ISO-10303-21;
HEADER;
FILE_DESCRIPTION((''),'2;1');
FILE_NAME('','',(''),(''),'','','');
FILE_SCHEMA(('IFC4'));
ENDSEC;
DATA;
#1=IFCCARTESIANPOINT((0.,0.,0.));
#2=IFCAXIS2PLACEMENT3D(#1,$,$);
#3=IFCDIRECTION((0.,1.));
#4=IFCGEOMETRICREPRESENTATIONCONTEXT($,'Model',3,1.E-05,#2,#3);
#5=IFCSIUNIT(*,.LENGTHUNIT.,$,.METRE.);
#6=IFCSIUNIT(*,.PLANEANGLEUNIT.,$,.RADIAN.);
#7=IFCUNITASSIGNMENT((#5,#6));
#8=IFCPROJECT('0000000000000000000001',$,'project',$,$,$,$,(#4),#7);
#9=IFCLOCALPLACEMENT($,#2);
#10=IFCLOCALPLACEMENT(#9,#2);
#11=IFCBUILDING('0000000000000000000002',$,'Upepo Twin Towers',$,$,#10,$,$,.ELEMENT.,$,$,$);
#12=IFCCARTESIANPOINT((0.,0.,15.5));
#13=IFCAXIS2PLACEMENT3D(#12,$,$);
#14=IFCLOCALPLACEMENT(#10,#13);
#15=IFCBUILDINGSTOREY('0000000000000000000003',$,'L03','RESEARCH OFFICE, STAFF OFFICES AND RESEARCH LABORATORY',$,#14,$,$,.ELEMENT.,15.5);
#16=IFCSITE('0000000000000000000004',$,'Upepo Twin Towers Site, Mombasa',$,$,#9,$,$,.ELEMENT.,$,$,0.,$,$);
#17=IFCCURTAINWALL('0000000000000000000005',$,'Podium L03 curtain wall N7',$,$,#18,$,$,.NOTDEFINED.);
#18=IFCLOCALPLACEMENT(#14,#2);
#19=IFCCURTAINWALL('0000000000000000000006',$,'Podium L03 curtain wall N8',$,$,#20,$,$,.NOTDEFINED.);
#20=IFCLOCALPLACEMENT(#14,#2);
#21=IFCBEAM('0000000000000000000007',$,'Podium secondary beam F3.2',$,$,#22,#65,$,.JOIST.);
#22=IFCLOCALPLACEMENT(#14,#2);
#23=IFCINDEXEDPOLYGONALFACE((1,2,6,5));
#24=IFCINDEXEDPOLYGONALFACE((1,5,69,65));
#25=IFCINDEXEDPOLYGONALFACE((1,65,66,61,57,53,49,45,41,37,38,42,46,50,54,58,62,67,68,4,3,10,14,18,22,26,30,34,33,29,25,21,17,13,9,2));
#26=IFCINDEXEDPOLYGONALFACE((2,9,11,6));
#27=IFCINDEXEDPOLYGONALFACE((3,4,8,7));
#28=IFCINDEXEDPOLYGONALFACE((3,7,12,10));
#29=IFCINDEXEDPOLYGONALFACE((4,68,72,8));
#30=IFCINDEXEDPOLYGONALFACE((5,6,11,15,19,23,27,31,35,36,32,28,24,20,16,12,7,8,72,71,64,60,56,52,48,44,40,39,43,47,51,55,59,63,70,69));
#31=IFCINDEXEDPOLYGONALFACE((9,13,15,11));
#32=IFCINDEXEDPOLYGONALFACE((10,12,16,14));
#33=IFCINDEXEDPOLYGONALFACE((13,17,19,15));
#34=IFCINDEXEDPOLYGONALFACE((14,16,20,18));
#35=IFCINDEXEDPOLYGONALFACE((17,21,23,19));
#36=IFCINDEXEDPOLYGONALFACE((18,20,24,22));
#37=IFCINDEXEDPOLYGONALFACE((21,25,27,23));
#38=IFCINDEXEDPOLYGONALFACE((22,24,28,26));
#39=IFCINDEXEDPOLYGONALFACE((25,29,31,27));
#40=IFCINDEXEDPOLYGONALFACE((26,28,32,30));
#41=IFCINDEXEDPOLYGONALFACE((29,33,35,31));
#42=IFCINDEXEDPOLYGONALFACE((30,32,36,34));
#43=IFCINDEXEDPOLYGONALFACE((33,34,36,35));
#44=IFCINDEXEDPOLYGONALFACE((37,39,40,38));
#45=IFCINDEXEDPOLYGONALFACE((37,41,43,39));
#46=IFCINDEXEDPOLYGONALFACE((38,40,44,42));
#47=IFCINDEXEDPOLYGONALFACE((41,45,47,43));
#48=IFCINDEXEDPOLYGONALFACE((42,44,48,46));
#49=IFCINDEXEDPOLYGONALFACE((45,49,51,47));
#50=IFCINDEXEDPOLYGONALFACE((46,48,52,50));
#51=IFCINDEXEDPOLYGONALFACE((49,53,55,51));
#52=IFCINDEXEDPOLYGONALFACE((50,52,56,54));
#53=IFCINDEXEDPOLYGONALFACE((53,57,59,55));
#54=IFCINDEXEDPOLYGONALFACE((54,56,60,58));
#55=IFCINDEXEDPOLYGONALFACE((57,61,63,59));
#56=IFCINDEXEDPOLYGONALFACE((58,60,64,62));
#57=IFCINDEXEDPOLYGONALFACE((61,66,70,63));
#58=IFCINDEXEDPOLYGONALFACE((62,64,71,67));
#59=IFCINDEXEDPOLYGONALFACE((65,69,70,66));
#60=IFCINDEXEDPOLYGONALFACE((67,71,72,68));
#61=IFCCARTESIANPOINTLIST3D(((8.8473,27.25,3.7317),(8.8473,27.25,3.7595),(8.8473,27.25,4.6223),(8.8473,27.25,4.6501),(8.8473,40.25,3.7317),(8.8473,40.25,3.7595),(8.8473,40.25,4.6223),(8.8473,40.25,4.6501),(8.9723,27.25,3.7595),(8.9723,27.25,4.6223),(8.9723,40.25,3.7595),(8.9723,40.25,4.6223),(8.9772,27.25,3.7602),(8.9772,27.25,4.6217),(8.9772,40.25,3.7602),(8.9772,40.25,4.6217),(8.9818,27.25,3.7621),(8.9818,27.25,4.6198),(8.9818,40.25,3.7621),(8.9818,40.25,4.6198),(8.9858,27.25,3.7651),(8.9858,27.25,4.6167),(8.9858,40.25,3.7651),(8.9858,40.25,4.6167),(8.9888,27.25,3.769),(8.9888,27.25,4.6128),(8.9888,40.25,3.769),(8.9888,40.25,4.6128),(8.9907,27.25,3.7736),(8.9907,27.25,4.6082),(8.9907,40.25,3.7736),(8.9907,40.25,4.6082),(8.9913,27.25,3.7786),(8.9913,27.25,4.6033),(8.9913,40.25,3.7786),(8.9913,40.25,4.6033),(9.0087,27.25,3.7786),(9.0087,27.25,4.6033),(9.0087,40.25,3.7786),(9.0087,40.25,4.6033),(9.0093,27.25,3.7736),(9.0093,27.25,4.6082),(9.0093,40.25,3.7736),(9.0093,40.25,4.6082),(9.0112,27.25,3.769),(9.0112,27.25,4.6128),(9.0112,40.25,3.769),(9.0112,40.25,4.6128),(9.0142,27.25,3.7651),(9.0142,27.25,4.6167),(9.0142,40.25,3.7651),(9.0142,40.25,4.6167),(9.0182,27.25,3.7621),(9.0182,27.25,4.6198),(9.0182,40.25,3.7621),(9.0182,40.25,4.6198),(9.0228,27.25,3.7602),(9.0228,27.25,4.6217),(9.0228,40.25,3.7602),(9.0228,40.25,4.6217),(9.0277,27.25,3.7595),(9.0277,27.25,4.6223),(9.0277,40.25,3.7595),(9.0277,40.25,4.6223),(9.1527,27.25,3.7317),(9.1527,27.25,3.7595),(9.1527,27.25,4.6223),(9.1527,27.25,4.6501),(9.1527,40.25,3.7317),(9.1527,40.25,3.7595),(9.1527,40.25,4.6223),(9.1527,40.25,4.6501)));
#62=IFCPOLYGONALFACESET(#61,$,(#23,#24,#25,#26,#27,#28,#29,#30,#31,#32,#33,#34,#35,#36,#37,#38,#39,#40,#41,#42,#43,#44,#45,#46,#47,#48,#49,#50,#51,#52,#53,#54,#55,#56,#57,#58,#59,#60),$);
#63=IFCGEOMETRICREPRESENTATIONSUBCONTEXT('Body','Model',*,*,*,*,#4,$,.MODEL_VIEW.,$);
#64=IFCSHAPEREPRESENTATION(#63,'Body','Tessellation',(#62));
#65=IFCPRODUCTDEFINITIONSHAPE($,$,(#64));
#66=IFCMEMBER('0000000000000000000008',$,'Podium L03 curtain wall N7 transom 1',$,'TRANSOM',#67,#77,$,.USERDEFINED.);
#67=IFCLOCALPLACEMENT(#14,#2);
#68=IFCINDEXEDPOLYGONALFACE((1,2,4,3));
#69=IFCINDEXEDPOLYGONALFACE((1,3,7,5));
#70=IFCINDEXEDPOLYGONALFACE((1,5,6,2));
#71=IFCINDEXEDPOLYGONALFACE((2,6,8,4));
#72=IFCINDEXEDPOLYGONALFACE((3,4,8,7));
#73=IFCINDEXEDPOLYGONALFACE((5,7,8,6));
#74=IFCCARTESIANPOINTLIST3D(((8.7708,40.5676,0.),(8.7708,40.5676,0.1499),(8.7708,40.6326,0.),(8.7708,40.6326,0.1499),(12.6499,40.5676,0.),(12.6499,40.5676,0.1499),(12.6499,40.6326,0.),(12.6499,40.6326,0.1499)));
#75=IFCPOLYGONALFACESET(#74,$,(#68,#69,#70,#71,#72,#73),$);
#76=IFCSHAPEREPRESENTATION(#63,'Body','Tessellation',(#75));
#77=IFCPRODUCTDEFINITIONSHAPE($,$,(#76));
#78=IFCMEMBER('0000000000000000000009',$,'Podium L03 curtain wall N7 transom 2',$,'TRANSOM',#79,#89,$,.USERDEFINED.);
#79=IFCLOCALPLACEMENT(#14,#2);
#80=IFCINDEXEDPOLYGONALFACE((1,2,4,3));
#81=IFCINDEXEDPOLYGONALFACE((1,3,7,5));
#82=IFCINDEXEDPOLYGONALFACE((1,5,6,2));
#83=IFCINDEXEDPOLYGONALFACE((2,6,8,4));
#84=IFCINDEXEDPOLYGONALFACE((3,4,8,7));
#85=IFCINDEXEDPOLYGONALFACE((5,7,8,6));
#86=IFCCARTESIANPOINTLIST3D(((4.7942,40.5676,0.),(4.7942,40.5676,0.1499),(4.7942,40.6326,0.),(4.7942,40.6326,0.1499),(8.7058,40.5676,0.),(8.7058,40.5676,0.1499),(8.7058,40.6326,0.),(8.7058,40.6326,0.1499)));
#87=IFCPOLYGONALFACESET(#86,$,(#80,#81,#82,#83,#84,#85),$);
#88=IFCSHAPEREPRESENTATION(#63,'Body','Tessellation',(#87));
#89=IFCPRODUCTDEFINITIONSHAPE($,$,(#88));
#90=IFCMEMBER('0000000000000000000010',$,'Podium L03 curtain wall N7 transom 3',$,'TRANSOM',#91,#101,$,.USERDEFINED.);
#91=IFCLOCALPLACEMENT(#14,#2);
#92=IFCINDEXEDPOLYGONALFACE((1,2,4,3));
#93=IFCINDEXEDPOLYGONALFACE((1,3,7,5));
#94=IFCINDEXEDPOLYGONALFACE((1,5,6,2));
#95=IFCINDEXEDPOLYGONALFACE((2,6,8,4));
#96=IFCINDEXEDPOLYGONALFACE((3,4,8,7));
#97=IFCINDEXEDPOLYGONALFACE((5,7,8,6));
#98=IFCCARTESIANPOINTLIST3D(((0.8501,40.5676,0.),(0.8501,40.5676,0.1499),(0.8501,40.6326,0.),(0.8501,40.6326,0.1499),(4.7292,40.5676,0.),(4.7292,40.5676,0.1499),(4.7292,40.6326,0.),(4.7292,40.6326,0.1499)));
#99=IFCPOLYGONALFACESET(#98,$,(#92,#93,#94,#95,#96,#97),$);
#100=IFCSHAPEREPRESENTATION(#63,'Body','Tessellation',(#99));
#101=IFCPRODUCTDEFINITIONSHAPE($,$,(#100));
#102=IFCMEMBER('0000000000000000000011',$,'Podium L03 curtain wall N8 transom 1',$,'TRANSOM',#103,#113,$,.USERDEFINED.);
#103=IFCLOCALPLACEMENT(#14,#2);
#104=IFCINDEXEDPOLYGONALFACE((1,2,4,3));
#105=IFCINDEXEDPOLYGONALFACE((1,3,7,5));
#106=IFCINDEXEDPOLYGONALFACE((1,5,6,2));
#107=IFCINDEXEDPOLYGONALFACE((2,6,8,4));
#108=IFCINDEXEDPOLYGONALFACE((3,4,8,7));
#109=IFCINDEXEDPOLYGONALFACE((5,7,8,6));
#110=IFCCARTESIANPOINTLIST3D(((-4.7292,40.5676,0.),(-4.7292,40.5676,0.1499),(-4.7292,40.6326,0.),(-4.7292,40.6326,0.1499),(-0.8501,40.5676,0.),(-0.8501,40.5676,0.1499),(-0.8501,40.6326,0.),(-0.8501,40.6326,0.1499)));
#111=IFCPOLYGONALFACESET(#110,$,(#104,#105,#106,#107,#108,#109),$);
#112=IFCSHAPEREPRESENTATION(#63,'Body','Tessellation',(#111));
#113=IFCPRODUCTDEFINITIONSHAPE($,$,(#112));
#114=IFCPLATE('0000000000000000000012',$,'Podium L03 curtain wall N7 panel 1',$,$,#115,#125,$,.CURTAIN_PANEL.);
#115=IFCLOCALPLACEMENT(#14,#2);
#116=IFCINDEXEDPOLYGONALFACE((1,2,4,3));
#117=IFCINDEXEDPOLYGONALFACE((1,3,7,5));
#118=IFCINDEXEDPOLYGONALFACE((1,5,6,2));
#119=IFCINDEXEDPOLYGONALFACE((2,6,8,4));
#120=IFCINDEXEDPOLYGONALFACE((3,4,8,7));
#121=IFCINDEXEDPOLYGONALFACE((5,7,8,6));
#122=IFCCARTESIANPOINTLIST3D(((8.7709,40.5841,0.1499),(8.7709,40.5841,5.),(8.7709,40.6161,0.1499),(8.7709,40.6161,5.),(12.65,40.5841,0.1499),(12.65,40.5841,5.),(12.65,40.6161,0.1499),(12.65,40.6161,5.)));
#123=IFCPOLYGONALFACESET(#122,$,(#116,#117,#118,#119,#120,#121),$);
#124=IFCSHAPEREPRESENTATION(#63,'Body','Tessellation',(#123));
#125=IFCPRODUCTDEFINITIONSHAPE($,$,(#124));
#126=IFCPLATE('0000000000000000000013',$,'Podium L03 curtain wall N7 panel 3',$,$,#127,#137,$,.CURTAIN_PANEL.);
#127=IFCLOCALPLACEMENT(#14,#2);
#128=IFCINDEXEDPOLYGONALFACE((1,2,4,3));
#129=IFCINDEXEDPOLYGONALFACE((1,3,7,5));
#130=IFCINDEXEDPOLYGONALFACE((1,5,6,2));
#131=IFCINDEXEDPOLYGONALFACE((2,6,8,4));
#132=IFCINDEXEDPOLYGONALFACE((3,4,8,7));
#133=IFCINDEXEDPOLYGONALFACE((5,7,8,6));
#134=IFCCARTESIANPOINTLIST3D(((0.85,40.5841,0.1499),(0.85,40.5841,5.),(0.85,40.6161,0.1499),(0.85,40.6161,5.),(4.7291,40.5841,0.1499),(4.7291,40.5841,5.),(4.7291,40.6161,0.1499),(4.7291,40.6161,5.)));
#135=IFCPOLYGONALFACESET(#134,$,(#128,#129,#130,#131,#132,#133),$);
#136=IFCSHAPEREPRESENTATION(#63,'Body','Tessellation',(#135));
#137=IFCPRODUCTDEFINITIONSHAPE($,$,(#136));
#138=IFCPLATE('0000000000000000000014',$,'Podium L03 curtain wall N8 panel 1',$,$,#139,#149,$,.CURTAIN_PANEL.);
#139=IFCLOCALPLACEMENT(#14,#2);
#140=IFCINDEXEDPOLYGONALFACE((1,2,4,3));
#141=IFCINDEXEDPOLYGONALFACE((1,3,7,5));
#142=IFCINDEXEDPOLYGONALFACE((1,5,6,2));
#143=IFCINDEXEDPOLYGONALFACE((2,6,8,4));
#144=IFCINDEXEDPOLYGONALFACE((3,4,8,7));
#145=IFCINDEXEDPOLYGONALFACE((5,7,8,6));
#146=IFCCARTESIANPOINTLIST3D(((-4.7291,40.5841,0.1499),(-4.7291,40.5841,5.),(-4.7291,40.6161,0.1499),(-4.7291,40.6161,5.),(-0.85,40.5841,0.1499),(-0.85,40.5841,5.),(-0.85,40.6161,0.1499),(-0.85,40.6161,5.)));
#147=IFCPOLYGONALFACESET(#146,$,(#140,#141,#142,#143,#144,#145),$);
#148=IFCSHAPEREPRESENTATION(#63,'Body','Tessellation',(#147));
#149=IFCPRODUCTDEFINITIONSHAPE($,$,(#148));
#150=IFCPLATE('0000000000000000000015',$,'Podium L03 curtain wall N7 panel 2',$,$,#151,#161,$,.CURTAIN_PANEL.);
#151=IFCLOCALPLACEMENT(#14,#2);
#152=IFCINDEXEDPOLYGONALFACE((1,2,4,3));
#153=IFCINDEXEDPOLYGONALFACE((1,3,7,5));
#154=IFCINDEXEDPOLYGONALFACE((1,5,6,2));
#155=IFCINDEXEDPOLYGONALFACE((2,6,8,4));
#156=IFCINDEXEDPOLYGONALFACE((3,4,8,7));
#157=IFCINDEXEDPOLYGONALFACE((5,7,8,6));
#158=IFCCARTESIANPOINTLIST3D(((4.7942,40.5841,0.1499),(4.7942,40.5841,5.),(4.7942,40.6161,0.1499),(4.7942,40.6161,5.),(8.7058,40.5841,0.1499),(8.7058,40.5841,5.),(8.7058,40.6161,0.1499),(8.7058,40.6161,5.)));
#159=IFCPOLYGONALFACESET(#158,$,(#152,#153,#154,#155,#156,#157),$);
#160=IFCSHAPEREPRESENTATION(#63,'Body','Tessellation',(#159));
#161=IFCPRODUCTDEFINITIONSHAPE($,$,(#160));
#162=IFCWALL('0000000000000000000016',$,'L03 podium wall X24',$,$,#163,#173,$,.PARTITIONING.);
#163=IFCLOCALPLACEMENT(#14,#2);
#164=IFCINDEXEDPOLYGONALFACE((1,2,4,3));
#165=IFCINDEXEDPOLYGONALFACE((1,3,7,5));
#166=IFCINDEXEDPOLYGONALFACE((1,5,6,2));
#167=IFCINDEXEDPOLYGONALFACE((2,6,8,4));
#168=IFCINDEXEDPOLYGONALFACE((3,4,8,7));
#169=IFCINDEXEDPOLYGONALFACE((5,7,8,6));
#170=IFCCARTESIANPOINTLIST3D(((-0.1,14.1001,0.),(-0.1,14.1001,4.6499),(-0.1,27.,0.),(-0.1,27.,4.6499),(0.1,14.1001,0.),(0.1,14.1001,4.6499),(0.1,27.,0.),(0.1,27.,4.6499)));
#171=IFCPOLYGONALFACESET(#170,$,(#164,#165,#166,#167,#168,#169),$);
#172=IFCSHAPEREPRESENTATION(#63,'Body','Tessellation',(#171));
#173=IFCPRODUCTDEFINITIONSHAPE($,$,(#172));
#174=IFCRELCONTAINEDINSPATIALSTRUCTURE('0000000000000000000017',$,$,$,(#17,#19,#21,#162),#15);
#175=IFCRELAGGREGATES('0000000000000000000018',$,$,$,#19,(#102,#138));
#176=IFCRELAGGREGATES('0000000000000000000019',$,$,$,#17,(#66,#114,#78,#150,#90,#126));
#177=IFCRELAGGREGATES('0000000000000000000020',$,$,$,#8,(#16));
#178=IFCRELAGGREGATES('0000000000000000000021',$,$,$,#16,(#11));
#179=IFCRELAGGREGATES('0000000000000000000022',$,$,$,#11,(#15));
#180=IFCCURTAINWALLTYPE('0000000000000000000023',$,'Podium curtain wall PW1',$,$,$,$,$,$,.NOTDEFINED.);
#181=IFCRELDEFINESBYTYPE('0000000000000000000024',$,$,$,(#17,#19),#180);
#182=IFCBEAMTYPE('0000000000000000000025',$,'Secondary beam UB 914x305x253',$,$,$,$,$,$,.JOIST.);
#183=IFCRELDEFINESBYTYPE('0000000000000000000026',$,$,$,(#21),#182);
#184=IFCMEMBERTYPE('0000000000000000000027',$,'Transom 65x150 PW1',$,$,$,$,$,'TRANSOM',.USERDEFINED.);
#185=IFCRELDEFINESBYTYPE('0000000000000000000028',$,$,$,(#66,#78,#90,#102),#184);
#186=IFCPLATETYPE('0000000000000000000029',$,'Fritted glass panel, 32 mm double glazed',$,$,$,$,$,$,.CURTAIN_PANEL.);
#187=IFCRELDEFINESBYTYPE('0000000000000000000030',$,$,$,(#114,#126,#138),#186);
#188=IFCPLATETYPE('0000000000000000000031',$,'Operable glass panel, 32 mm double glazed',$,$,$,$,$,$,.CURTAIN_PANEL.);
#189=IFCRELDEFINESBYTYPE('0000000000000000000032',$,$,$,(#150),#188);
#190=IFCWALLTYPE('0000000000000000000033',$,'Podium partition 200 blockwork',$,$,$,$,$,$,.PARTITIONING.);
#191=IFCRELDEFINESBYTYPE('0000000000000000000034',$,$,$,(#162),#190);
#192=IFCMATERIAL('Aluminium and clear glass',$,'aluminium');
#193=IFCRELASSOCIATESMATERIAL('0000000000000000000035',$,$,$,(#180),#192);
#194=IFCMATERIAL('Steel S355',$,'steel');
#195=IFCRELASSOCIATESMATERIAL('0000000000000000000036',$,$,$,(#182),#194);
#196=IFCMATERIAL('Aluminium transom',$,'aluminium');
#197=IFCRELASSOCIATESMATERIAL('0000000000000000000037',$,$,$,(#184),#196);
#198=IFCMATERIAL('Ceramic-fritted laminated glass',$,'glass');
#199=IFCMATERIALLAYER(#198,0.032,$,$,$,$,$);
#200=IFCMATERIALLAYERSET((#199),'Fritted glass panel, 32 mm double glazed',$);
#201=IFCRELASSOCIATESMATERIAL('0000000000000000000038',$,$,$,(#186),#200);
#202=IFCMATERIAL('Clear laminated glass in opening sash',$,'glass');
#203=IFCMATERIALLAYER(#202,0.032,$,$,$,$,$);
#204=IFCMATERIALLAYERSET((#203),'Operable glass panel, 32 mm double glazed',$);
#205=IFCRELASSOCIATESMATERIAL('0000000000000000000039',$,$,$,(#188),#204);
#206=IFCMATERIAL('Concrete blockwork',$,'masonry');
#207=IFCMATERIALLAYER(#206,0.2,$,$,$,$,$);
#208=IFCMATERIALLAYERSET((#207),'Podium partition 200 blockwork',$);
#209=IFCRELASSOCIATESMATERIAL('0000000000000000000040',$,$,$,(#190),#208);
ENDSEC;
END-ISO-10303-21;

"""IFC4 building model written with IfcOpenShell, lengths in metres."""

from ifc_helpers import new_model, si_unit, direction, frame, frame_2d, origin, origin_2d, place, context, subcontext, project, spatial, rectangle, i_section, extrude, material, layer, layer_set, material_profile, profile_set, type_object, element, aggregate, save


model = new_model("IFC4")

# Units and contexts
model_context = context("Model", 3, precision=1e-05, world=origin(), true_north=direction((0.0, 1.0)))
body_context = subcontext(model_context, "Body", "Model", "MODEL_VIEW")
ifc_project = project(units=[si_unit("LENGTHUNIT", "METRE"), si_unit("PLANEANGLEUNIT", "RADIAN")], contexts=[model_context])

# Site, building, storey
site_placement = place(None, origin())
site = spatial("IfcSite", under=ifc_project, at=site_placement, Name="Upepo Twin Towers Site, Mombasa", CompositionType="ELEMENT", RefElevation=0.0)
building_placement = place(site_placement, origin())
building = spatial("IfcBuilding", under=site, at=building_placement, Name="Upepo Twin Towers", CompositionType="ELEMENT")
storey_placement = place(building_placement, frame((0.0, 0.0, 15.5)))
storey = spatial("IfcBuildingStorey", under=building, at=storey_placement, Name="L03", Description="RESEARCH OFFICE, STAFF OFFICES AND RESEARCH LABORATORY", CompositionType="ELEMENT", Elevation=15.5)

# Curtain wall
ifc_material_1 = material(Name="Aluminium and clear glass", Category="aluminium")
curtain_wall_type = type_object("IfcCurtainWallType", Name="Podium curtain wall PW1", PredefinedType="NOTDEFINED", material=ifc_material_1)
curtain_wall_1_placement = place(storey_placement, origin())
curtain_wall_1 = element("IfcCurtainWall", 1, at=curtain_wall_1_placement, inside=storey, type_object=curtain_wall_type, Name="Podium L03 curtain wall N7", PredefinedType="NOTDEFINED")

# Curtain wall
curtain_wall_2_placement = place(storey_placement, origin())
curtain_wall_2 = element("IfcCurtainWall", 2, at=curtain_wall_2_placement, inside=storey, type_object=curtain_wall_type, Name="Podium L03 curtain wall N8", PredefinedType="NOTDEFINED")

# Beam
ifc_material_2 = material(Name="Steel S355", Category="steel")
ifc_material_profile_1 = material_profile(ifc_material_2, i_section(OverallWidth=0.3054, OverallDepth=0.9185, WebThickness=0.0173, FlangeThickness=0.0278, FilletRadius=0.019, at=origin_2d()), Name="UB 914x305x253")
ifc_profile_set_1 = profile_set([ifc_material_profile_1], Name="Steel S355")
beam_type_1 = type_object("IfcBeamType", Name="Secondary beam UB 914x305x253", PredefinedType="JOIST", material=ifc_profile_set_1)
for number, where, z_axis, x_axis, name in (
    (3, (9.0, 27.25, 4.1909), (0.0, 1.0, 0.0), (-1.0, 0.0, 0.0), "Podium secondary beam F3.2"),
):
    element("IfcBeam", number, at=place(storey_placement, frame(where, z_axis=z_axis, x_axis=x_axis)), inside=storey, type_object=beam_type_1, Name=name, PredefinedType="JOIST", context=body_context, shape_type="SweptSolid", body=[
        extrude(i_section(OverallWidth=0.3054, OverallDepth=0.9185, WebThickness=0.0173, FlangeThickness=0.0278, FilletRadius=0.019, at=origin_2d()), origin(), (0.0, 0.0, 1.0), 13.0),
    ])

# Members
ifc_material_3 = material(Name="Aluminium transom", Category="aluminium")
ifc_material_profile_2 = material_profile(ifc_material_3, rectangle(XDim=0.0649, YDim=0.1499, at=origin_2d()), Name="TRANSOM 65x150 PODIUM")
ifc_profile_set_2 = profile_set([ifc_material_profile_2], Name="Aluminium transom")
member_type_1 = type_object("IfcMemberType", Name="Transom 65x150 PW1", ElementType="TRANSOM", PredefinedType="USERDEFINED", material=ifc_profile_set_2)
member_1_placement = place(storey_placement, frame((12.6499, 40.6001, 0.075), z_axis=(-1.0, 0.0, 0.0), x_axis=(0.0, -1.0, 0.0)))
member_1 = element("IfcMember", 4, at=member_1_placement, type_object=member_type_1, Name="Podium L03 curtain wall N7 transom 1", ObjectType="TRANSOM", PredefinedType="USERDEFINED", context=body_context, shape_type="SweptSolid", body=[
    extrude(rectangle(XDim=0.0649, YDim=0.1499, at=origin_2d()), origin(), (0.0, 0.0, 1.0), 3.8792),
])
member_2_placement = place(storey_placement, frame((8.7058, 40.6001, 0.075), z_axis=(-1.0, 0.0, 0.0), x_axis=(0.0, -1.0, 0.0)))
member_2 = element("IfcMember", 5, at=member_2_placement, type_object=member_type_1, Name="Podium L03 curtain wall N7 transom 2", ObjectType="TRANSOM", PredefinedType="USERDEFINED", context=body_context, shape_type="SweptSolid", body=[
    extrude(rectangle(XDim=0.0649, YDim=0.1499, at=origin_2d()), origin(), (0.0, 0.0, 1.0), 3.9116),
])
member_3_placement = place(storey_placement, frame((4.7292, 40.6001, 0.075), z_axis=(-1.0, 0.0, 0.0), x_axis=(0.0, -1.0, 0.0)))
member_3 = element("IfcMember", 6, at=member_3_placement, type_object=member_type_1, Name="Podium L03 curtain wall N7 transom 3", ObjectType="TRANSOM", PredefinedType="USERDEFINED", context=body_context, shape_type="SweptSolid", body=[
    extrude(rectangle(XDim=0.0649, YDim=0.1499, at=origin_2d()), origin(), (0.0, 0.0, 1.0), 3.8792),
])
member_4_placement = place(storey_placement, frame((-0.8501, 40.6001, 0.075), z_axis=(-1.0, 0.0, 0.0), x_axis=(0.0, -1.0, 0.0)))
member_4 = element("IfcMember", 7, at=member_4_placement, type_object=member_type_1, Name="Podium L03 curtain wall N8 transom 1", ObjectType="TRANSOM", PredefinedType="USERDEFINED", context=body_context, shape_type="SweptSolid", body=[
    extrude(rectangle(XDim=0.0649, YDim=0.1499, at=origin_2d()), origin(), (0.0, 0.0, 1.0), 3.8792),
])

# Plates
ifc_material_4 = material(Name="Ceramic-fritted laminated glass", Category="glass")
ifc_layer_1 = layer(ifc_material_4, 0.032)
ifc_layer_set_1 = layer_set([ifc_layer_1], Name="Fritted glass panel, 32 mm double glazed")
plate_type_1 = type_object("IfcPlateType", Name="Fritted glass panel, 32 mm double glazed", PredefinedType="CURTAIN_PANEL", material=ifc_layer_set_1)
plate_1_placement = place(storey_placement, frame((10.7104, 40.6001, 0.1499), z_axis=(0.0, 0.0, 1.0), x_axis=(-1.0, 0.0, 0.0)))
plate_1 = element("IfcPlate", 8, at=plate_1_placement, type_object=plate_type_1, Name="Podium L03 curtain wall N7 panel 1", PredefinedType="CURTAIN_PANEL", context=body_context, shape_type="SweptSolid", body=[
    extrude(rectangle(XDim=3.8792, YDim=0.032, at=origin_2d()), origin(), (0.0, 0.0, 1.0), 4.8501),
])
plate_2_placement = place(storey_placement, frame((2.7896, 40.6001, 0.1499), z_axis=(0.0, 0.0, 1.0), x_axis=(-1.0, 0.0, 0.0)))
plate_2 = element("IfcPlate", 9, at=plate_2_placement, type_object=plate_type_1, Name="Podium L03 curtain wall N7 panel 3", PredefinedType="CURTAIN_PANEL", context=body_context, shape_type="SweptSolid", body=[
    extrude(rectangle(XDim=3.8792, YDim=0.032, at=origin_2d()), origin(), (0.0, 0.0, 1.0), 4.8501),
])
plate_3_placement = place(storey_placement, frame((-2.7896, 40.6001, 0.1499), z_axis=(0.0, 0.0, 1.0), x_axis=(-1.0, 0.0, 0.0)))
plate_3 = element("IfcPlate", 10, at=plate_3_placement, type_object=plate_type_1, Name="Podium L03 curtain wall N8 panel 1", PredefinedType="CURTAIN_PANEL", context=body_context, shape_type="SweptSolid", body=[
    extrude(rectangle(XDim=3.8792, YDim=0.032, at=origin_2d()), origin(), (0.0, 0.0, 1.0), 4.8501),
])
aggregate(curtain_wall_2, [member_4, plate_3])
ifc_material_5 = material(Name="Clear laminated glass in opening sash", Category="glass")
ifc_layer_2 = layer(ifc_material_5, 0.032)
ifc_layer_set_2 = layer_set([ifc_layer_2], Name="Operable glass panel, 32 mm double glazed")
plate_type_2 = type_object("IfcPlateType", Name="Operable glass panel, 32 mm double glazed", PredefinedType="CURTAIN_PANEL", material=ifc_layer_set_2)
plate_4_placement = place(storey_placement, frame((6.75, 40.6001, 0.1499), z_axis=(0.0, 0.0, 1.0), x_axis=(-1.0, 0.0, 0.0)))
plate_4 = element("IfcPlate", 11, at=plate_4_placement, type_object=plate_type_2, Name="Podium L03 curtain wall N7 panel 2", PredefinedType="CURTAIN_PANEL", context=body_context, shape_type="SweptSolid", body=[
    extrude(rectangle(XDim=3.9116, YDim=0.032, at=origin_2d()), origin(), (0.0, 0.0, 1.0), 4.8501),
])
aggregate(curtain_wall_1, [member_1, plate_1, member_2, plate_4, member_3, plate_2])

# Wall
ifc_material_6 = material(Name="Concrete blockwork", Category="masonry")
ifc_layer_3 = layer(ifc_material_6, 0.2)
ifc_layer_set_3 = layer_set([ifc_layer_3], Name="Podium partition 200 blockwork")
wall_type = type_object("IfcWallType", Name="Podium partition 200 blockwork", PredefinedType="PARTITIONING", material=ifc_layer_set_3)
wall_1_placement = place(storey_placement, frame((0.0, 14.1001, 0.0), z_axis=(0.0, 0.0, 1.0), x_axis=(0.0, 1.0, 0.0)))
element("IfcWall", 12, at=wall_1_placement, inside=storey, type_object=wall_type, Name="L03 podium wall X24", PredefinedType="PARTITIONING", context=body_context, shape_type="SweptSolid", body=[
    extrude(rectangle(XDim=12.8999, YDim=0.2, at=frame_2d((6.45, 0.0))), origin(), (0.0, 0.0, 1.0), 4.6499),
])

save(model, "model.ifc")
